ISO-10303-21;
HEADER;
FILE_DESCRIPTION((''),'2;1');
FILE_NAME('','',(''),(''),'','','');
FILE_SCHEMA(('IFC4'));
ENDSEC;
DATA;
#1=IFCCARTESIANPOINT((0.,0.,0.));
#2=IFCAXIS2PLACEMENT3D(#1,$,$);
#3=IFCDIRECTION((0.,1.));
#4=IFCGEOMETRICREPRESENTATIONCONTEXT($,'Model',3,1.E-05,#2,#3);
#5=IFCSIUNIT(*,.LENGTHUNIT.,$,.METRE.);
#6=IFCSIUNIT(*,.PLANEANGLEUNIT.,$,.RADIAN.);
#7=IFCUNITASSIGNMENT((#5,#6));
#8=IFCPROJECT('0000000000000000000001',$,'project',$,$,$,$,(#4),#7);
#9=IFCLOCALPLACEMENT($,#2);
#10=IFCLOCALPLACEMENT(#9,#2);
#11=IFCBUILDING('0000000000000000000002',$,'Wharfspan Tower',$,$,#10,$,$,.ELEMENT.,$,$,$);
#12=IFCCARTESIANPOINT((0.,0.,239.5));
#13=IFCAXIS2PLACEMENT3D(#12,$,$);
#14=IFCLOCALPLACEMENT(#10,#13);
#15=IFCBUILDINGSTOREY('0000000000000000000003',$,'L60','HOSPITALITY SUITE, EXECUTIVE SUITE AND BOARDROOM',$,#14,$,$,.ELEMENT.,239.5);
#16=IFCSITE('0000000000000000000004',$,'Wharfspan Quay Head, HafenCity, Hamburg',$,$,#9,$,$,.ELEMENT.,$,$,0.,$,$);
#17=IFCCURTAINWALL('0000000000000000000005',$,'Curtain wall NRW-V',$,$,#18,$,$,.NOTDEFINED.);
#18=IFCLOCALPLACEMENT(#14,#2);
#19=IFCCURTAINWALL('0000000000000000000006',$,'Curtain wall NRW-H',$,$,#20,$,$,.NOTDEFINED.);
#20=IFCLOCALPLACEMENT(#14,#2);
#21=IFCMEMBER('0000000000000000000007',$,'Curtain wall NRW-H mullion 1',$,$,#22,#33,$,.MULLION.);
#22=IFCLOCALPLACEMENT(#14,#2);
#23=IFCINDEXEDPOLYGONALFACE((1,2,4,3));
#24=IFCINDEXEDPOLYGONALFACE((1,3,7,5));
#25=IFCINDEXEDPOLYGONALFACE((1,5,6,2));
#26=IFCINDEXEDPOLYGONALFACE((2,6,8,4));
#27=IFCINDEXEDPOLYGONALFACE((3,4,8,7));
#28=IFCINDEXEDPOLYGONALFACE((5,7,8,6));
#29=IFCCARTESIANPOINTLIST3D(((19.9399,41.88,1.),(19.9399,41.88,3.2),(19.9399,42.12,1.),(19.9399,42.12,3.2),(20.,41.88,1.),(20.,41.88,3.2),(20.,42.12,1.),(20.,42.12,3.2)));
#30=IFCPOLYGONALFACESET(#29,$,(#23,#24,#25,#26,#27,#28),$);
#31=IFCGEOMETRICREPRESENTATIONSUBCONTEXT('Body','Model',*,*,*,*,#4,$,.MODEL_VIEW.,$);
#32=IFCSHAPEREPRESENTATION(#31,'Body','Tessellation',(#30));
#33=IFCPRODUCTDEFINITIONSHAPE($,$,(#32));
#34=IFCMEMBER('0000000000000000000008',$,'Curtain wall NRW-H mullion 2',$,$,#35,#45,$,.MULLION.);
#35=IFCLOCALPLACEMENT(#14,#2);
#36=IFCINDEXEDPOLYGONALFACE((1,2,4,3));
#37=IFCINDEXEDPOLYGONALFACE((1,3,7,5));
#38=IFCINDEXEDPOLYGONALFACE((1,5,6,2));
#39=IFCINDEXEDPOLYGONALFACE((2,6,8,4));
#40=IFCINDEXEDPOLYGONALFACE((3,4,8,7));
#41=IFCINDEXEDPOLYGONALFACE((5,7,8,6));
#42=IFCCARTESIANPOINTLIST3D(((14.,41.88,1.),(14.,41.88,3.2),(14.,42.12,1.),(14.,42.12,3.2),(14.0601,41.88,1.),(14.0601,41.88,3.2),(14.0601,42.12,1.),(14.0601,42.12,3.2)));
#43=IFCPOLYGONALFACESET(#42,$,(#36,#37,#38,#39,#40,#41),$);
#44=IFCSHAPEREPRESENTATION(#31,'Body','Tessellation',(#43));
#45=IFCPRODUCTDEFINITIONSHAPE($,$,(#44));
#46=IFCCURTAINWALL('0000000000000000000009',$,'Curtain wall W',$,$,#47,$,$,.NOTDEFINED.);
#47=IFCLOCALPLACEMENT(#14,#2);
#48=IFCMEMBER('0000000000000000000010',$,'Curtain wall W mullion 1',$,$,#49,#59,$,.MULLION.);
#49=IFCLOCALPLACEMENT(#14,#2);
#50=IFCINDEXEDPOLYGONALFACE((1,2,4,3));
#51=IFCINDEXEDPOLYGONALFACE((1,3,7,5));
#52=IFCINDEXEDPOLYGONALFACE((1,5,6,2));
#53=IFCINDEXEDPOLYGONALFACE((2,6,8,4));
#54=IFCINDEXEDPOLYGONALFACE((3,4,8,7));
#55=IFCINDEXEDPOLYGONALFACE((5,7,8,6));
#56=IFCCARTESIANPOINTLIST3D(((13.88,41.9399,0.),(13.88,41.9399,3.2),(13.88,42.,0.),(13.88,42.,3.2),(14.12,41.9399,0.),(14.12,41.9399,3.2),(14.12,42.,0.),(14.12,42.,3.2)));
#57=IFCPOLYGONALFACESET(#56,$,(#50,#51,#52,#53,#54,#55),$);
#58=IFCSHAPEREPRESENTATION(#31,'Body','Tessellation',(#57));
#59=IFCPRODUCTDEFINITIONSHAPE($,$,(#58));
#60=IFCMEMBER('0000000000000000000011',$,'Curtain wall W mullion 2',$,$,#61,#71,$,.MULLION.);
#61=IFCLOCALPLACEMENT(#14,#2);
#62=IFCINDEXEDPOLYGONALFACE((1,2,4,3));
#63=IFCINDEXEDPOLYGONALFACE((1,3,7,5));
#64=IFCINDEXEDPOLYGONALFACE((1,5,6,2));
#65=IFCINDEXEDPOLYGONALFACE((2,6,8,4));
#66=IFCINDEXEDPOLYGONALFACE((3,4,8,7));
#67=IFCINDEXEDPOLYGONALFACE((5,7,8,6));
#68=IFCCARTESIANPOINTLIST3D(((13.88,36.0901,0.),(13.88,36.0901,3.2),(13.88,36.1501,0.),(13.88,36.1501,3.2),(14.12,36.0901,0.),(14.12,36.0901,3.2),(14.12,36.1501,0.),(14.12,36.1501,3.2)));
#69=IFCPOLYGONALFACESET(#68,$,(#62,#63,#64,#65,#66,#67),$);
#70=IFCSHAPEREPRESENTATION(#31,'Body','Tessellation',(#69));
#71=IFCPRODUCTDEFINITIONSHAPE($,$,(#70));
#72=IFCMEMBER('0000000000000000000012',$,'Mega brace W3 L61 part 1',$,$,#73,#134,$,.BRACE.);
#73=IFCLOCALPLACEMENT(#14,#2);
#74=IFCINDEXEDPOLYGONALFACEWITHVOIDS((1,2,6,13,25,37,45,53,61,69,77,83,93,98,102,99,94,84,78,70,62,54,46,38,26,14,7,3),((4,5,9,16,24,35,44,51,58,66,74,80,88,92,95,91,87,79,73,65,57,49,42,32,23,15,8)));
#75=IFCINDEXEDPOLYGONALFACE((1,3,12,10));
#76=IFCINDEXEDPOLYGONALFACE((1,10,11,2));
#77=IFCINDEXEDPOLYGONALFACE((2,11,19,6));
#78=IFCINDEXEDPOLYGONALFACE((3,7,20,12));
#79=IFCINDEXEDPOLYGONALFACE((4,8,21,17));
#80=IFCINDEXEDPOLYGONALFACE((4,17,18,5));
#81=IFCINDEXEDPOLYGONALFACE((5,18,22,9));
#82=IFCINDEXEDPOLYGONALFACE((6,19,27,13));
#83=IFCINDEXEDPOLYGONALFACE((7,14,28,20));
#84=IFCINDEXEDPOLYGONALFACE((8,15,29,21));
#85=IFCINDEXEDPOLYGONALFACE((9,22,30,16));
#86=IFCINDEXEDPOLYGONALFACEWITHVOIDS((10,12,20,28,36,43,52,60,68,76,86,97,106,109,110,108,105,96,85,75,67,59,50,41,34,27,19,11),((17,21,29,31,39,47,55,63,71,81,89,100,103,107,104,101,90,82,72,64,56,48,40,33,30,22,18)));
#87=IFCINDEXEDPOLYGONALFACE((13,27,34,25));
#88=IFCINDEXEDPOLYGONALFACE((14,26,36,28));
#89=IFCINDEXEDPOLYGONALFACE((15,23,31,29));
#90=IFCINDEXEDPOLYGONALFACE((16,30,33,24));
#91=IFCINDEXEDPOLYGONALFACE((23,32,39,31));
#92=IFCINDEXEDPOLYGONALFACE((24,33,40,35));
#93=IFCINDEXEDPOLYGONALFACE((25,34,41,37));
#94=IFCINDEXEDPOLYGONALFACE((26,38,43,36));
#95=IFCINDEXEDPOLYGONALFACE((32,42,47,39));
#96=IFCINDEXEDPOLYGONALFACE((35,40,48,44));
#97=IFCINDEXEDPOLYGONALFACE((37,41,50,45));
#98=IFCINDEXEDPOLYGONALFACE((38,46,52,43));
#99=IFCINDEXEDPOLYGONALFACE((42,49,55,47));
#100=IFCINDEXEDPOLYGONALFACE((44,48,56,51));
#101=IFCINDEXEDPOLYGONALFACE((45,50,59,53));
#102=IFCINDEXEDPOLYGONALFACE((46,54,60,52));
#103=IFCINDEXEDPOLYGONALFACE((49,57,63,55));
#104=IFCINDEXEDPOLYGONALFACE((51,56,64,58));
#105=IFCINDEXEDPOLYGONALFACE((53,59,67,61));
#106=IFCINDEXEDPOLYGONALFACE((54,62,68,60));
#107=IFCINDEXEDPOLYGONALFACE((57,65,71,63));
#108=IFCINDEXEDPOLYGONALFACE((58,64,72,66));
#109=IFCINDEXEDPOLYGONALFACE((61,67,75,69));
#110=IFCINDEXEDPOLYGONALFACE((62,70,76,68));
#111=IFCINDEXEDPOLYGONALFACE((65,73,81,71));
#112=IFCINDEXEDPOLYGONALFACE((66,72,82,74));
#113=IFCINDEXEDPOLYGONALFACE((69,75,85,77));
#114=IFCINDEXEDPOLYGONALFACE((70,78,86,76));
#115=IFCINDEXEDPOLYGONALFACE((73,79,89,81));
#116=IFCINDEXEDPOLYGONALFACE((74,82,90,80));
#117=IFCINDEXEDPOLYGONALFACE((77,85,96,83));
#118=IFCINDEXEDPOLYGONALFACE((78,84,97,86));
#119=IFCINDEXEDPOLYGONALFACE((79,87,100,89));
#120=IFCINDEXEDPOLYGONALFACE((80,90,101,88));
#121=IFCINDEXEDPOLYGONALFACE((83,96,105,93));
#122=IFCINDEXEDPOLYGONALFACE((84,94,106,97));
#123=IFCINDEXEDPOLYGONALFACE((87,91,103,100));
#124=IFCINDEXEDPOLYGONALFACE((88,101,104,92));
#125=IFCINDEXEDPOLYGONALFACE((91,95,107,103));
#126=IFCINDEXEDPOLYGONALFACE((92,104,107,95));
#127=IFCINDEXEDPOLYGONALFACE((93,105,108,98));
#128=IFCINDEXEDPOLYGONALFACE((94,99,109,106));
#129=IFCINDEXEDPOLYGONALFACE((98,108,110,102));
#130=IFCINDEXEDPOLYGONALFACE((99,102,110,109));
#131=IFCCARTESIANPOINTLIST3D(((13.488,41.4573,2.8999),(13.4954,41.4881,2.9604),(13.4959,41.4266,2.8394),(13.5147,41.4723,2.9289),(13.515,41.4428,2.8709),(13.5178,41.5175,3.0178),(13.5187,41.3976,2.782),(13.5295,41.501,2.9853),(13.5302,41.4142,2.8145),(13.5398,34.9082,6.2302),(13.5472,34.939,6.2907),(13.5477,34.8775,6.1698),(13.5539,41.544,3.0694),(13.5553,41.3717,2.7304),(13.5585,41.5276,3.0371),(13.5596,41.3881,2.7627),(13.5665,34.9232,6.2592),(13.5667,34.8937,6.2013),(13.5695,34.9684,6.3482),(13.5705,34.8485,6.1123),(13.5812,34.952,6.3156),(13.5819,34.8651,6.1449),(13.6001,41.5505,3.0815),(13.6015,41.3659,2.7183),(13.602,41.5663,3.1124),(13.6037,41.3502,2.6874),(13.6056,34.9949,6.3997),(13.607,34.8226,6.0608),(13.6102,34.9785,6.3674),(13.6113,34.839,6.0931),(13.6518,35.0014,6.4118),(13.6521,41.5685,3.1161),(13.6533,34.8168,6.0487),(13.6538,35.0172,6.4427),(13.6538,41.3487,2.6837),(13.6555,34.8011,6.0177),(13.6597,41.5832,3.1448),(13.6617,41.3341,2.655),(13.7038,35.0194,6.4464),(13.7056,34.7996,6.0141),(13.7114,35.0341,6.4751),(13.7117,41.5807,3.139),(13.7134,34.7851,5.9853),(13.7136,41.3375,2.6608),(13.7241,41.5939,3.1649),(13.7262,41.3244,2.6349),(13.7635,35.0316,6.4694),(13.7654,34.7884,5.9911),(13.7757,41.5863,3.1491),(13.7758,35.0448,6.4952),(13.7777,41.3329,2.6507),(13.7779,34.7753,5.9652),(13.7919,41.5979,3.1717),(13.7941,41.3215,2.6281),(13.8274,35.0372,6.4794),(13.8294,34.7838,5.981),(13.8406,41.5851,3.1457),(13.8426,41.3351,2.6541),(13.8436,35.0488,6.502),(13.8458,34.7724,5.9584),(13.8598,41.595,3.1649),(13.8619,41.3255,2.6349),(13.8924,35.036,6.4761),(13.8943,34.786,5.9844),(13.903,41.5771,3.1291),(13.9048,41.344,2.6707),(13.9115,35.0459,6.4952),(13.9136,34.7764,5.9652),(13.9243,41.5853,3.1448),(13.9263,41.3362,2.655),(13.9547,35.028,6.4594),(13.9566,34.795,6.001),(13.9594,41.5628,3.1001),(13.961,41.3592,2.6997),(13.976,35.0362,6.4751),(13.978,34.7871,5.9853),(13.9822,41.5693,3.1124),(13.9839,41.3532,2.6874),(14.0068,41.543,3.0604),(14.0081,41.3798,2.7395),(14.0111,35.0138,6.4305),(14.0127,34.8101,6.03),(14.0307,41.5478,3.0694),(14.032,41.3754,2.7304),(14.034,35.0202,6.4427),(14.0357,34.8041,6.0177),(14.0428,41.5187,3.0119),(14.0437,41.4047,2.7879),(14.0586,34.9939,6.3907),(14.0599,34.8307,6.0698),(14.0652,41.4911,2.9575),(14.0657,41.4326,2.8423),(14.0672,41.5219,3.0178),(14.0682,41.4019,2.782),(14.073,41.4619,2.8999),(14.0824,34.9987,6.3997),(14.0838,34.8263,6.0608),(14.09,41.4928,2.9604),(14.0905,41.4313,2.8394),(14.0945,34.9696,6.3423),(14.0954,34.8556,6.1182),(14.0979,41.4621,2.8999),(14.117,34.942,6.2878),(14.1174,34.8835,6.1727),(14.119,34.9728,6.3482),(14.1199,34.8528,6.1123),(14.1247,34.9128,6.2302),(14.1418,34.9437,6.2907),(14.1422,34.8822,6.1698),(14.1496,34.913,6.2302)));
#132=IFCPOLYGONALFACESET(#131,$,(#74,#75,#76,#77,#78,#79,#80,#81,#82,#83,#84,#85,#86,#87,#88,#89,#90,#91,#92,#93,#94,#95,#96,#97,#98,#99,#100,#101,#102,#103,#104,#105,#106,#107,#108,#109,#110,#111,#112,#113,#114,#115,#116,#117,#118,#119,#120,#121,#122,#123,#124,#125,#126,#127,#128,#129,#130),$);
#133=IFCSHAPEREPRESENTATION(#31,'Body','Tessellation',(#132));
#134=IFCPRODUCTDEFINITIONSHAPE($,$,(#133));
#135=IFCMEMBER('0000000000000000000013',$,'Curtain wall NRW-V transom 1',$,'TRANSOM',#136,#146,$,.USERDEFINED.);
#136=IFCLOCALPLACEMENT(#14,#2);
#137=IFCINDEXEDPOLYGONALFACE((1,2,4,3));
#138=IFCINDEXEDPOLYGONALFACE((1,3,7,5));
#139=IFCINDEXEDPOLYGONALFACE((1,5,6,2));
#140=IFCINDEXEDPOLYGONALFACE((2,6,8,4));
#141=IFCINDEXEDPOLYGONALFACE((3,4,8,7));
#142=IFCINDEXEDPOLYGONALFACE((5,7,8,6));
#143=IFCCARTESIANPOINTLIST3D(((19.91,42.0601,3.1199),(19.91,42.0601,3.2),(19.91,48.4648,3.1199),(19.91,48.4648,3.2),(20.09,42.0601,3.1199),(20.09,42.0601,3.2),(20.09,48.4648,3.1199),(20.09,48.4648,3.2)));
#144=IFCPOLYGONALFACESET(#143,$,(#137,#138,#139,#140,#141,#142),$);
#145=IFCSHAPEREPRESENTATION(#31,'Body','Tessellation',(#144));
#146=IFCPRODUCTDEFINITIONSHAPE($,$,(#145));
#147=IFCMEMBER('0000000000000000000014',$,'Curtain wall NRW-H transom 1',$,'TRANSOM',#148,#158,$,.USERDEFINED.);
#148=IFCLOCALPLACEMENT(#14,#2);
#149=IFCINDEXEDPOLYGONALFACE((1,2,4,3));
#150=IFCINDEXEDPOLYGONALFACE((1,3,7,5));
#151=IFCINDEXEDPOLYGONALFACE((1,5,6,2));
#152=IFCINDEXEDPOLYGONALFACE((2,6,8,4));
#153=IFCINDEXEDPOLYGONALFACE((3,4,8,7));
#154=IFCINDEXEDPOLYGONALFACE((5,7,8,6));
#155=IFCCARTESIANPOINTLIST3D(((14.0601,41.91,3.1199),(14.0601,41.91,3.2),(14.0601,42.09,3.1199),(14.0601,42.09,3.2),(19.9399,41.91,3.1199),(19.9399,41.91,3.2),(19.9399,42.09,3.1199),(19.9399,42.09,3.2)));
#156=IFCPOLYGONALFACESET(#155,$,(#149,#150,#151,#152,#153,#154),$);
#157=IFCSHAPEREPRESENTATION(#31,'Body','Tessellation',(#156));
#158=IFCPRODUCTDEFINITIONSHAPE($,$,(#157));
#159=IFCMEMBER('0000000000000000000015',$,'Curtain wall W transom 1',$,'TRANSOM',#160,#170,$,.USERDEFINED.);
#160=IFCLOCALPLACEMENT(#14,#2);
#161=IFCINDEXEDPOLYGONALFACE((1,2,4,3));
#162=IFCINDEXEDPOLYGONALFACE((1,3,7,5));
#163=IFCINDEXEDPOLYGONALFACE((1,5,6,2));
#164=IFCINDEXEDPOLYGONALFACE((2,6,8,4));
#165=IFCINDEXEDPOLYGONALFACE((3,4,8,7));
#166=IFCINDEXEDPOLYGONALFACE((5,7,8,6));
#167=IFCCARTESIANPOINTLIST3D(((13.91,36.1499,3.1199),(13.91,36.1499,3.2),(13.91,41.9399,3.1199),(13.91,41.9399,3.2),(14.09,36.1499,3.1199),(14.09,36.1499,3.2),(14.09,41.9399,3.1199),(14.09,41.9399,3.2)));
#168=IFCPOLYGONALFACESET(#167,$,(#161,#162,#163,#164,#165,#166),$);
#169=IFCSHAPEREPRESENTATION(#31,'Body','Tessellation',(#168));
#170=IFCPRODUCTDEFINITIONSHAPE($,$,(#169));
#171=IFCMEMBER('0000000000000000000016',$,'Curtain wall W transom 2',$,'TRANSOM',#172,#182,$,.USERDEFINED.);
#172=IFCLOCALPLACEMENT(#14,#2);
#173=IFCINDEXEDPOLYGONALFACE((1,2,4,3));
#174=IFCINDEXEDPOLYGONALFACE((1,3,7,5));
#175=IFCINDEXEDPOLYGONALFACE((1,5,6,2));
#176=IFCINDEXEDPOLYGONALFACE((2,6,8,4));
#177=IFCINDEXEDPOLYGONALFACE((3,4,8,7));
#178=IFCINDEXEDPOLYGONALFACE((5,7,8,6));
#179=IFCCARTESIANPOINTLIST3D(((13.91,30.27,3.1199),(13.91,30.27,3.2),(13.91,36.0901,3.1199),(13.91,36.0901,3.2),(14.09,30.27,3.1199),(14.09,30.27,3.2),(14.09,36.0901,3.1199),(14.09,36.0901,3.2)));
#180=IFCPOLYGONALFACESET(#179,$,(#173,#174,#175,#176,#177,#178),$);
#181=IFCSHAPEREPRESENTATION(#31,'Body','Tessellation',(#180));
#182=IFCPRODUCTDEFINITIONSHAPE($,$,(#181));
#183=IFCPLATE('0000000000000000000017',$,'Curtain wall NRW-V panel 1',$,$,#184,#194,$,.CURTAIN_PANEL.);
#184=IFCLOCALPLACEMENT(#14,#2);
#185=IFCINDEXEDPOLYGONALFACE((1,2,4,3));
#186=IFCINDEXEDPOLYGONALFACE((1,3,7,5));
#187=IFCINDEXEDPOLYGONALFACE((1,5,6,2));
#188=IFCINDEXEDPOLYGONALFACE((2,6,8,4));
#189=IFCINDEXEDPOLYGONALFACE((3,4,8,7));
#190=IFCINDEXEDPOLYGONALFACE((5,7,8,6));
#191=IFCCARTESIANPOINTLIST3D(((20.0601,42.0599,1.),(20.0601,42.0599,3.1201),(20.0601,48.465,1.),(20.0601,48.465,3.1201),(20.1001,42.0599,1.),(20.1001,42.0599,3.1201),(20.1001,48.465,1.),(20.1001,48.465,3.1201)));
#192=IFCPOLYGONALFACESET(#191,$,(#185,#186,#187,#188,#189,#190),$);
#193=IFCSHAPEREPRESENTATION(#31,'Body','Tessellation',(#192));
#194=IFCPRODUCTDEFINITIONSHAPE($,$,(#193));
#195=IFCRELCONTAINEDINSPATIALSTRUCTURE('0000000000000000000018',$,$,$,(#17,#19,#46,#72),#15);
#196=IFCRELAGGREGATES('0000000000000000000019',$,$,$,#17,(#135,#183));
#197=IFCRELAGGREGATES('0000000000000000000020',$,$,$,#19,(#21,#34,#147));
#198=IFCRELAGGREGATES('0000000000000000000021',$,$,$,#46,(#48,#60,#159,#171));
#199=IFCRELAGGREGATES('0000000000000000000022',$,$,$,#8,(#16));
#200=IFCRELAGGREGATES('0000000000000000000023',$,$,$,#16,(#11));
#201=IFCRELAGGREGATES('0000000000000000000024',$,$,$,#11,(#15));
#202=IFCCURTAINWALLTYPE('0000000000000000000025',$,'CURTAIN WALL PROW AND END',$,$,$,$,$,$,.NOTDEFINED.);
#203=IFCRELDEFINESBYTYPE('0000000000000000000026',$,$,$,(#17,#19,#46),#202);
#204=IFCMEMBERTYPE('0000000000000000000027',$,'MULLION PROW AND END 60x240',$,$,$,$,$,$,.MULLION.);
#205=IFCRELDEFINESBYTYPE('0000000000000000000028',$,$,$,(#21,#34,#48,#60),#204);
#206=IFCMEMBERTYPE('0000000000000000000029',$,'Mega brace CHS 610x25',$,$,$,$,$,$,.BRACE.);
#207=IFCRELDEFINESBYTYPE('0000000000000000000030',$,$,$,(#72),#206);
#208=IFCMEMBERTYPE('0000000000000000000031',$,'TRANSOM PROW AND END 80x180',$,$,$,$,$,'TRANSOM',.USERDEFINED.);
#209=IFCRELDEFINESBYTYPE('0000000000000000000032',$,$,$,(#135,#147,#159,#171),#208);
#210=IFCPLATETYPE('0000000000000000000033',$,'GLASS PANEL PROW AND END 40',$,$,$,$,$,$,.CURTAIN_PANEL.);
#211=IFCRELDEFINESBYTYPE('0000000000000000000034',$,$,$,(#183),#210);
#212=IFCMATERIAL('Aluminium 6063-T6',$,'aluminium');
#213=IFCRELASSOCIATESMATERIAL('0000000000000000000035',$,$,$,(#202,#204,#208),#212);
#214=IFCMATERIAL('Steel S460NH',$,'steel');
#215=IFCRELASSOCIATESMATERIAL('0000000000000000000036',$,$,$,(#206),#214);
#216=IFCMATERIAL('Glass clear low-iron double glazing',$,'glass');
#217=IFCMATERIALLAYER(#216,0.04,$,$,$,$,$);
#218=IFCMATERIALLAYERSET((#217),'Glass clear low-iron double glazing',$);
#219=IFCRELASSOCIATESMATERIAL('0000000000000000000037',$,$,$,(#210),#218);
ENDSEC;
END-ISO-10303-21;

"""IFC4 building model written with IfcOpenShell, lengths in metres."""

from ifc_helpers import new_model, si_unit, direction, frame, origin, origin_2d, place, context, subcontext, project, spatial, rectangle, hollow_circle, extrude, material, layer, layer_set, material_profile, profile_set, type_object, element, aggregate, save


model = new_model("IFC4")

# Units and contexts
model_context = context("Model", 3, precision=1e-05, world=origin(), true_north=direction((0.0, 1.0)))
body_context = subcontext(model_context, "Body", "Model", "MODEL_VIEW")
ifc_project = project(units=[si_unit("LENGTHUNIT", "METRE"), si_unit("PLANEANGLEUNIT", "RADIAN")], contexts=[model_context])

# Site, building, storey
site_placement = place(None, origin())
site = spatial("IfcSite", under=ifc_project, at=site_placement, Name="Wharfspan Quay Head, HafenCity, Hamburg", CompositionType="ELEMENT", RefElevation=0.0)
building_placement = place(site_placement, origin())
building = spatial("IfcBuilding", under=site, at=building_placement, Name="Wharfspan Tower", CompositionType="ELEMENT")
storey_placement = place(building_placement, frame((0.0, 0.0, 239.5)))
storey = spatial("IfcBuildingStorey", under=building, at=storey_placement, Name="L60", Description="HOSPITALITY SUITE, EXECUTIVE SUITE AND BOARDROOM", CompositionType="ELEMENT", Elevation=239.5)

# Curtain walls, members
ifc_material_1 = material(Name="Aluminium 6063-T6", Category="aluminium")
curtain_wall_type = type_object("IfcCurtainWallType", Name="CURTAIN WALL PROW AND END", PredefinedType="NOTDEFINED", material=ifc_material_1)
curtain_wall_1_placement = place(storey_placement, origin())
curtain_wall_1 = element("IfcCurtainWall", 1, at=curtain_wall_1_placement, inside=storey, type_object=curtain_wall_type, Name="Curtain wall NRW-V", PredefinedType="NOTDEFINED")
ifc_material_profile_1 = material_profile(ifc_material_1, rectangle(XDim=0.24, YDim=0.0601, at=origin_2d()))
ifc_profile_set_1 = profile_set([ifc_material_profile_1], Name="Aluminium 6063-T6")
member_type_1 = type_object("IfcMemberType", Name="MULLION PROW AND END 60x240", PredefinedType="MULLION", material=ifc_profile_set_1)
curtain_wall_2_placement = place(storey_placement, origin())
curtain_wall_2 = element("IfcCurtainWall", 2, at=curtain_wall_2_placement, inside=storey, type_object=curtain_wall_type, Name="Curtain wall NRW-H", PredefinedType="NOTDEFINED")
member_1_placement = place(storey_placement, frame((19.97, 42.0, 1.0), z_axis=(0.0, 0.0, 1.0), x_axis=(0.0, -1.0, 0.0)))
member_1 = element("IfcMember", 3, at=member_1_placement, type_object=member_type_1, Name="Curtain wall NRW-H mullion 1", PredefinedType="MULLION", context=body_context, shape_type="SweptSolid", body=[
    extrude(rectangle(XDim=0.24, YDim=0.0601, at=origin_2d()), origin(), (0.0, 0.0, 1.0), 2.2),
])
member_2_placement = place(storey_placement, frame((14.03, 42.0, 1.0), z_axis=(0.0, 0.0, 1.0), x_axis=(0.0, -1.0, 0.0)))
member_2 = element("IfcMember", 4, at=member_2_placement, type_object=member_type_1, Name="Curtain wall NRW-H mullion 2", PredefinedType="MULLION", context=body_context, shape_type="SweptSolid", body=[
    extrude(rectangle(XDim=0.24, YDim=0.0601, at=origin_2d()), origin(), (0.0, 0.0, 1.0), 2.2),
])
curtain_wall_3_placement = place(storey_placement, origin())
curtain_wall_3 = element("IfcCurtainWall", 5, at=curtain_wall_3_placement, inside=storey, type_object=curtain_wall_type, Name="Curtain wall W", PredefinedType="NOTDEFINED")
member_3_placement = place(storey_placement, frame((14.0, 41.97, 0.0), z_axis=(0.0, 0.0, 1.0), x_axis=(1.0, 0.0, 0.0)))
member_3 = element("IfcMember", 6, at=member_3_placement, type_object=member_type_1, Name="Curtain wall W mullion 1", PredefinedType="MULLION", context=body_context, shape_type="SweptSolid", body=[
    extrude(rectangle(XDim=0.24, YDim=0.0601, at=origin_2d()), origin(), (0.0, 0.0, 1.0), 3.2),
])
member_4_placement = place(storey_placement, frame((14.0, 36.1201, 0.0), z_axis=(0.0, 0.0, 1.0), x_axis=(1.0, 0.0, 0.0)))
member_4 = element("IfcMember", 7, at=member_4_placement, type_object=member_type_1, Name="Curtain wall W mullion 2", PredefinedType="MULLION", context=body_context, shape_type="SweptSolid", body=[
    extrude(rectangle(XDim=0.24, YDim=0.0601, at=origin_2d()), origin(), (0.0, 0.0, 1.0), 3.2),
])

# Members
ifc_material_2 = material(Name="Steel S460NH", Category="steel")
ifc_material_profile_2 = material_profile(ifc_material_2, hollow_circle(Radius=0.3049, WallThickness=0.0249, at=origin_2d()))
ifc_profile_set_2 = profile_set([ifc_material_profile_2], Name="Steel S460NH")
member_type_2 = type_object("IfcMemberType", Name="Mega brace CHS 610x25", PredefinedType="BRACE", material=ifc_profile_set_2)
member_5_placement = place(storey_placement, frame((13.793, 41.4597, 2.8999), z_axis=(0.007044, -0.891347, 0.453266), x_axis=(0.999973, 0.007904, 0.000003)))
element("IfcMember", 8, at=member_5_placement, inside=storey, type_object=member_type_2, Name="Mega brace W3 L61 part 1", PredefinedType="BRACE", context=body_context, shape_type="SweptSolid", body=[
    extrude(hollow_circle(Radius=0.3049, WallThickness=0.0249, at=origin_2d()), origin(), (0.0, 0.0, 1.0), 7.3474),
])
ifc_material_profile_3 = material_profile(ifc_material_1, rectangle(XDim=0.1799, YDim=0.0801, at=origin_2d()))
ifc_profile_set_3 = profile_set([ifc_material_profile_3], Name="Aluminium 6063-T6")
member_type_3 = type_object("IfcMemberType", Name="TRANSOM PROW AND END 80x180", ElementType="TRANSOM", PredefinedType="USERDEFINED", material=ifc_profile_set_3)
member_6_placement = place(storey_placement, frame((20.0, 48.4648, 3.1599), z_axis=(0.0, -1.0, 0.0), x_axis=(1.0, 0.0, 0.0)))
member_6 = element("IfcMember", 9, at=member_6_placement, type_object=member_type_3, Name="Curtain wall NRW-V transom 1", ObjectType="TRANSOM", PredefinedType="USERDEFINED", context=body_context, shape_type="SweptSolid", body=[
    extrude(rectangle(XDim=0.1799, YDim=0.0801, at=origin_2d()), origin(), (0.0, 0.0, 1.0), 6.4048),
])
member_7_placement = place(storey_placement, frame((19.9399, 42.0, 3.1599), z_axis=(-1.0, 0.0, 0.0), x_axis=(0.0, -1.0, 0.0)))
member_7 = element("IfcMember", 10, at=member_7_placement, type_object=member_type_3, Name="Curtain wall NRW-H transom 1", ObjectType="TRANSOM", PredefinedType="USERDEFINED", context=body_context, shape_type="SweptSolid", body=[
    extrude(rectangle(XDim=0.1799, YDim=0.0801, at=origin_2d()), origin(), (0.0, 0.0, 1.0), 5.8799),
])
member_8_placement = place(storey_placement, frame((14.0, 41.9399, 3.1599), z_axis=(0.0, -1.0, 0.0), x_axis=(1.0, 0.0, 0.0)))
member_8 = element("IfcMember", 11, at=member_8_placement, type_object=member_type_3, Name="Curtain wall W transom 1", ObjectType="TRANSOM", PredefinedType="USERDEFINED", context=body_context, shape_type="SweptSolid", body=[
    extrude(rectangle(XDim=0.1799, YDim=0.0801, at=origin_2d()), origin(), (0.0, 0.0, 1.0), 5.79),
])
member_9_placement = place(storey_placement, frame((14.0, 36.0901, 3.1599), z_axis=(0.0, -1.0, 0.0), x_axis=(1.0, 0.0, 0.0)))
member_9 = element("IfcMember", 12, at=member_9_placement, type_object=member_type_3, Name="Curtain wall W transom 2", ObjectType="TRANSOM", PredefinedType="USERDEFINED", context=body_context, shape_type="SweptSolid", body=[
    extrude(rectangle(XDim=0.1799, YDim=0.0801, at=origin_2d()), origin(), (0.0, 0.0, 1.0), 5.8201),
])

# Plate
ifc_material_3 = material(Name="Glass clear low-iron double glazing", Category="glass")
ifc_layer_1 = layer(ifc_material_3, 0.04)
ifc_layer_set_1 = layer_set([ifc_layer_1], Name="Glass clear low-iron double glazing")
plate_type_1 = type_object("IfcPlateType", Name="GLASS PANEL PROW AND END 40", PredefinedType="CURTAIN_PANEL", material=ifc_layer_set_1)
plate_1_placement = place(storey_placement, frame((20.0801, 45.2625, 1.0), z_axis=(0.0, 0.0, 1.0), x_axis=(0.0, -1.0, 0.0)))
plate_1 = element("IfcPlate", 13, at=plate_1_placement, type_object=plate_type_1, Name="Curtain wall NRW-V panel 1", PredefinedType="CURTAIN_PANEL", context=body_context, shape_type="SweptSolid", body=[
    extrude(rectangle(XDim=6.405, YDim=0.04, at=origin_2d()), origin(), (0.0, 0.0, 1.0), 2.1201),
])
aggregate(curtain_wall_1, [member_6, plate_1])
aggregate(curtain_wall_2, [member_1, member_2, member_7])
aggregate(curtain_wall_3, [member_3, member_4, member_8, member_9])

save(model, "model.ifc")
